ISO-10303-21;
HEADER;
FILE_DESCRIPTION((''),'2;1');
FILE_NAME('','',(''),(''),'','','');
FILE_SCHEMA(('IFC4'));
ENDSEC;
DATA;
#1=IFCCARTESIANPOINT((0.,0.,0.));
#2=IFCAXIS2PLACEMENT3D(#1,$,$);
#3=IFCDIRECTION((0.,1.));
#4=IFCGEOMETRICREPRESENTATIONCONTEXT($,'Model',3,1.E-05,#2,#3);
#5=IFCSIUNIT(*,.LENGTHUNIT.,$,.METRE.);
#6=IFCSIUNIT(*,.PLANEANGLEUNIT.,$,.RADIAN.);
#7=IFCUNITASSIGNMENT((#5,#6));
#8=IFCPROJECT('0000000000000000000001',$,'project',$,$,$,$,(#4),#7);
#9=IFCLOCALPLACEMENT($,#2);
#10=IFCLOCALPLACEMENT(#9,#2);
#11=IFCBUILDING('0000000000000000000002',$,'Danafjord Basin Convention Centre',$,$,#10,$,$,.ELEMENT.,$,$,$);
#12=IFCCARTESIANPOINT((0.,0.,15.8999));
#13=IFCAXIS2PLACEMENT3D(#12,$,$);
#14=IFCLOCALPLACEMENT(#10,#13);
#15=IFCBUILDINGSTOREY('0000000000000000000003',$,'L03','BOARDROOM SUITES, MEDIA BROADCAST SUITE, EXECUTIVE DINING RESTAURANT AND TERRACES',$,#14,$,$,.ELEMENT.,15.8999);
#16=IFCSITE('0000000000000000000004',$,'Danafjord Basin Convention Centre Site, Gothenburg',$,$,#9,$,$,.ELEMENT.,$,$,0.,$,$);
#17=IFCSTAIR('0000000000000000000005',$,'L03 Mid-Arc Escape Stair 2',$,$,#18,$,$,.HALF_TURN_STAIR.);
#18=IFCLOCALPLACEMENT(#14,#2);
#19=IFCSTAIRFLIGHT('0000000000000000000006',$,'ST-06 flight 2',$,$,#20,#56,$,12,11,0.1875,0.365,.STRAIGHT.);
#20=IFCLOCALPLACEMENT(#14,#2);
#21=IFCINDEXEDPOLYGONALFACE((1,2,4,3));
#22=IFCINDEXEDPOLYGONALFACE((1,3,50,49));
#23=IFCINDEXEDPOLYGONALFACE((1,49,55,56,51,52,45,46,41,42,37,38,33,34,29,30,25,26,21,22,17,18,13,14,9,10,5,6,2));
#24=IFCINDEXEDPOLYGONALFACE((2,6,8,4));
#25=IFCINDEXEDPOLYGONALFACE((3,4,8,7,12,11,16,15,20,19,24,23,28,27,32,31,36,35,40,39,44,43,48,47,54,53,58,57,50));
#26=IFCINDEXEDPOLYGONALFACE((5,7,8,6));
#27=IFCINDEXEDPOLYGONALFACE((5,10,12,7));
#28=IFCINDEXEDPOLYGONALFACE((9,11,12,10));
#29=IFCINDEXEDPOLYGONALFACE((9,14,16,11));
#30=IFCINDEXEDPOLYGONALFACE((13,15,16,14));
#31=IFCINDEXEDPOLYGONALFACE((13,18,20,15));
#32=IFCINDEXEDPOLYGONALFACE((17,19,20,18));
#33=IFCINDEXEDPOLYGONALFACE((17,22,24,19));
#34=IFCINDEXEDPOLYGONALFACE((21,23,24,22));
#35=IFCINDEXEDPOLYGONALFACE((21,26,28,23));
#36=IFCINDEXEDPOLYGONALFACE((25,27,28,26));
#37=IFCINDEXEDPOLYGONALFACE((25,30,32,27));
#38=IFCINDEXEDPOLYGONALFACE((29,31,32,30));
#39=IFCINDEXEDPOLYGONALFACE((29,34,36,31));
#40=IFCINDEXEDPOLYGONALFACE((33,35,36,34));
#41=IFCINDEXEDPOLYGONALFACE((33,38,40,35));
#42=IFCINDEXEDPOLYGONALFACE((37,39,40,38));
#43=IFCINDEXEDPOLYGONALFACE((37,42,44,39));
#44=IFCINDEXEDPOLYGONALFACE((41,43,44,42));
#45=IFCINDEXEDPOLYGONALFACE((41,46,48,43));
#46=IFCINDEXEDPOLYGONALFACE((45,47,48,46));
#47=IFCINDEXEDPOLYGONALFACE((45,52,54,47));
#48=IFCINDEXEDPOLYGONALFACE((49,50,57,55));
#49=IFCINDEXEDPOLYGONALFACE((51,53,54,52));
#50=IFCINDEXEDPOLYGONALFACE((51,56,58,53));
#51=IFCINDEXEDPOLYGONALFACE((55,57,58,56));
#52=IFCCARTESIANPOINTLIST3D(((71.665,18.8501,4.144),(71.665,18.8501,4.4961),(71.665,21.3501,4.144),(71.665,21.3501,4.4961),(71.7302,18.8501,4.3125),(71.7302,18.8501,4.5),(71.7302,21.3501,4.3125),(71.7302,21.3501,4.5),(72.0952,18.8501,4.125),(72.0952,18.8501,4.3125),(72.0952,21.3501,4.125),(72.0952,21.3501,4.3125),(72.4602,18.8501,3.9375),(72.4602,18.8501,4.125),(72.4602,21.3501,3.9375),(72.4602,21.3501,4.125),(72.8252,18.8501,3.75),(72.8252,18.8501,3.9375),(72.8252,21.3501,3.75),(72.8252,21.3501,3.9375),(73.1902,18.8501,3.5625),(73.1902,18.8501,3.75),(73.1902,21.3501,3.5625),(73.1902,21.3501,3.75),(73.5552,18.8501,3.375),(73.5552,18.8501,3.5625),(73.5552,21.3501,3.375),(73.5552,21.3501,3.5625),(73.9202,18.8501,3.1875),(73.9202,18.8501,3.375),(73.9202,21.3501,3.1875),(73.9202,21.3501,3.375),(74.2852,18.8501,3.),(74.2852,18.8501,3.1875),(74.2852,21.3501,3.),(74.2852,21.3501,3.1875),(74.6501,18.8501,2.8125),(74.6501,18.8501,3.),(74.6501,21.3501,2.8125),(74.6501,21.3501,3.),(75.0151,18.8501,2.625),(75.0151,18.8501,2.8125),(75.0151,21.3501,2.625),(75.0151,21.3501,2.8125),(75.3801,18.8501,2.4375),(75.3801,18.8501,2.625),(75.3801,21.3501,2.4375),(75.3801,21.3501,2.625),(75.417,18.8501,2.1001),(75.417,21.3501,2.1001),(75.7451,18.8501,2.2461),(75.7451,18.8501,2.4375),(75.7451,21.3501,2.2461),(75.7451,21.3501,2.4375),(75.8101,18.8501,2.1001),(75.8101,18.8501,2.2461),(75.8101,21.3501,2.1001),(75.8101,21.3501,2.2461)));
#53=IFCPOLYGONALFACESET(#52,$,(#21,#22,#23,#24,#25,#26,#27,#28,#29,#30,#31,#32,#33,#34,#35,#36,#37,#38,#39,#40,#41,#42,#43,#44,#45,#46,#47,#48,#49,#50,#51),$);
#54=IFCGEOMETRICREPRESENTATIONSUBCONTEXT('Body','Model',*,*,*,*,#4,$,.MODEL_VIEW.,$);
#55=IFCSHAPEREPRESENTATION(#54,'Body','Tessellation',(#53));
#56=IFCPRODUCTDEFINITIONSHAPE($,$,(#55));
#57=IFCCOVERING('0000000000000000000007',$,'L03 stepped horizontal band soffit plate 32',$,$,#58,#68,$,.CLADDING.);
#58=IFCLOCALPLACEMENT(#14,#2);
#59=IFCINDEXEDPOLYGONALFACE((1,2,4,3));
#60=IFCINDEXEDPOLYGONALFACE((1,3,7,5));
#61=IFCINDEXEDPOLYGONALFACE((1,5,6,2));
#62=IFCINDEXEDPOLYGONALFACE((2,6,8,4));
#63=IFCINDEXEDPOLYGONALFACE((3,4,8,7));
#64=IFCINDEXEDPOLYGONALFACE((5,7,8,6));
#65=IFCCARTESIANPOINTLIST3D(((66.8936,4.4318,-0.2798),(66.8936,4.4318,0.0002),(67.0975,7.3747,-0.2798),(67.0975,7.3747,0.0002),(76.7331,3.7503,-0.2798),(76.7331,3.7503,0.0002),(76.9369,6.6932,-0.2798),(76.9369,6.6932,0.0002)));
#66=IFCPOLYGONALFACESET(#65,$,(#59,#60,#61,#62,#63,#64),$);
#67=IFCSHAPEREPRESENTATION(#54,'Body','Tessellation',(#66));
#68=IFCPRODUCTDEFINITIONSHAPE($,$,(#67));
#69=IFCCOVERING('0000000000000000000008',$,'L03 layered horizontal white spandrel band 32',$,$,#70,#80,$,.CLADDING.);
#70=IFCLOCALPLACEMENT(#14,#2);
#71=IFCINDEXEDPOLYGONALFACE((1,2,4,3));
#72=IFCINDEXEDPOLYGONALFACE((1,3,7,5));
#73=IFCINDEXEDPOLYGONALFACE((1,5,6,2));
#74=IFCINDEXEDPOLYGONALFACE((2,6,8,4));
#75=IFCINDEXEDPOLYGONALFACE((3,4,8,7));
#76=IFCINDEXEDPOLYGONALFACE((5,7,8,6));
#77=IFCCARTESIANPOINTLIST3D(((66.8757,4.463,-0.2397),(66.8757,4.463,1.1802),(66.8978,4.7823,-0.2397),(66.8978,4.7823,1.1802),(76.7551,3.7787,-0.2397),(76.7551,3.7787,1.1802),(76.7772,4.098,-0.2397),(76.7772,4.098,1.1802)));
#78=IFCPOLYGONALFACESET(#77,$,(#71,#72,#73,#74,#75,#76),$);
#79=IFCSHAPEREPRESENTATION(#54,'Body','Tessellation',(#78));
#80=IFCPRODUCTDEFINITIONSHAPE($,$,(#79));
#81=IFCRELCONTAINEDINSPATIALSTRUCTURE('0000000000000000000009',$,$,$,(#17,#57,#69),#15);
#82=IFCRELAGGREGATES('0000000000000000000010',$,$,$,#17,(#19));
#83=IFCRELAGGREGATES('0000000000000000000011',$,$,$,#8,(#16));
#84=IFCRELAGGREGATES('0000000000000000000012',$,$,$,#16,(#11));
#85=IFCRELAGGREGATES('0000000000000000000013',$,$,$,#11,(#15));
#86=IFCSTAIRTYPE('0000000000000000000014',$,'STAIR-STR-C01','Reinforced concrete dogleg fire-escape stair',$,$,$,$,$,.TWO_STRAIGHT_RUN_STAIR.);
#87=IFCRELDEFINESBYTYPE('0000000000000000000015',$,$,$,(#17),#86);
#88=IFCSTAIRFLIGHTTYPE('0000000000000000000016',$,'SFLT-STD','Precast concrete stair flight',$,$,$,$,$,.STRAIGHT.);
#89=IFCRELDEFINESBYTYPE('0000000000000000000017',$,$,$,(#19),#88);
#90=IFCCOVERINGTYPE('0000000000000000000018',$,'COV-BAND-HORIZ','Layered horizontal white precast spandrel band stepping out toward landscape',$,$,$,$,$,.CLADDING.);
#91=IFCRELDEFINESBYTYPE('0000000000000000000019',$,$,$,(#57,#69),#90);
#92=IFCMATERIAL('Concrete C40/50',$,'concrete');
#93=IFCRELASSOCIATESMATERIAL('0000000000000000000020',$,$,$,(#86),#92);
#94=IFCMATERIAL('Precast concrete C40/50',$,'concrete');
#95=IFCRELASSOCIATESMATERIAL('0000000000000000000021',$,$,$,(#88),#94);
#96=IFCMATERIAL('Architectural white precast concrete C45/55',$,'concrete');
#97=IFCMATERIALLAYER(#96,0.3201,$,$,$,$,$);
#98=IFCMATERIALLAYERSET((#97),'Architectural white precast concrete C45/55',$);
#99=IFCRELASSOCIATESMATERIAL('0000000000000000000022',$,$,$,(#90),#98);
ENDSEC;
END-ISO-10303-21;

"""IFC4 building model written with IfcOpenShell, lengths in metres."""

from ifc_helpers import new_model, si_unit, direction, frame, origin, origin_2d, place, context, subcontext, project, spatial, polyline, rectangle, outline, extrude, material, layer, layer_set, type_object, element, aggregate, save


model = new_model("IFC4")

# Units and contexts
model_context = context("Model", 3, precision=1e-05, world=origin(), true_north=direction((0.0, 1.0)))
body_context = subcontext(model_context, "Body", "Model", "MODEL_VIEW")
ifc_project = project(units=[si_unit("LENGTHUNIT", "METRE"), si_unit("PLANEANGLEUNIT", "RADIAN")], contexts=[model_context])

# Site, building, storey
site_placement = place(None, origin())
site = spatial("IfcSite", under=ifc_project, at=site_placement, Name="Danafjord Basin Convention Centre Site, Gothenburg", CompositionType="ELEMENT", RefElevation=0.0)
building_placement = place(site_placement, origin())
building = spatial("IfcBuilding", under=site, at=building_placement, Name="Danafjord Basin Convention Centre", CompositionType="ELEMENT")
storey_placement = place(building_placement, frame((0.0, 0.0, 15.8999)))
storey = spatial("IfcBuildingStorey", under=building, at=storey_placement, Name="L03", Description="BOARDROOM SUITES, MEDIA BROADCAST SUITE, EXECUTIVE DINING RESTAURANT AND TERRACES", CompositionType="ELEMENT", Elevation=15.8999)

# Stair, stair flight
ifc_material_1 = material(Name="Concrete C40/50", Category="concrete")
stair_type = type_object("IfcStairType", Name="STAIR-STR-C01", Description="Reinforced concrete dogleg fire-escape stair", PredefinedType="TWO_STRAIGHT_RUN_STAIR", material=ifc_material_1)
stair_placement = place(storey_placement, origin())
stair = element("IfcStair", 1, at=stair_placement, inside=storey, type_object=stair_type, Name="L03 Mid-Arc Escape Stair 2", PredefinedType="HALF_TURN_STAIR")
ifc_material_2 = material(Name="Precast concrete C40/50", Category="concrete")
stair_flight_type = type_object("IfcStairFlightType", Name="SFLT-STD", Description="Precast concrete stair flight", PredefinedType="STRAIGHT", material=ifc_material_2)
stair_flight_1_placement = place(storey_placement, frame((75.7451, 20.1001, 2.25), z_axis=(0.0, 0.0, 1.0), x_axis=(-1.0, 0.0, 0.0)))
stair_flight_1 = element("IfcStairFlight", 2, at=stair_flight_1_placement, type_object=stair_flight_type, Name="ST-06 flight 2", NumberOfRisers=12, NumberOfTreads=11, PredefinedType="STRAIGHT", RiserHeight=0.1875, TreadLength=0.365, context=body_context, shape_type="SweptSolid", body=[
    extrude(outline(polyline([(-0.0649, -0.1499), (-0.0649, -0.0039), (0.0, -0.0039), (0.0, 0.1875), (0.365, 0.1875), (0.365, 0.375), (0.73, 0.375), (0.73, 0.5625), (1.095, 0.5625), (1.095, 0.75), (1.46, 0.75), (1.46, 0.9375), (1.825, 0.9375), (1.825, 1.125), (2.1899, 1.125), (2.1899, 1.3125), (2.5549, 1.3125), (2.5549, 1.5), (2.9199, 1.5), (2.9199, 1.6875), (3.2849, 1.6875), (3.2849, 1.875), (3.6499, 1.875), (3.6499, 2.0625), (4.0149, 2.0625), (4.0149, 2.25), (4.0801, 2.2461), (4.0801, 1.894), (0.3281, -0.1499), (-0.0649, -0.1499)])), frame((0.0, 1.25, 0.0), z_axis=(0.0, -1.0, 0.0), x_axis=(1.0, 0.0, 0.0)), (0.0, 0.0, 1.0), 2.5),
])
aggregate(stair, [stair_flight_1])

# Coverings
ifc_material_3 = material(Name="Architectural white precast concrete C45/55", Category="concrete")
ifc_layer_1 = layer(ifc_material_3, 0.3201)
ifc_layer_set_1 = layer_set([ifc_layer_1], Name="Architectural white precast concrete C45/55")
covering_type = type_object("IfcCoveringType", Name="COV-BAND-HORIZ", Description="Layered horizontal white precast spandrel band stepping out toward landscape", PredefinedType="CLADDING", material=ifc_layer_set_1)
covering_1_placement = place(storey_placement, frame((71.9153, 5.5625, -0.2798), z_axis=(0.0, 0.0, 1.0), x_axis=(0.997609, -0.069105, 0.0)))
element("IfcCovering", 3, at=covering_1_placement, inside=storey, type_object=covering_type, Name="L03 stepped horizontal band soffit plate 32", PredefinedType="CLADDING", context=body_context, shape_type="SweptSolid", body=[
    extrude(rectangle(XDim=9.863, YDim=2.95, at=origin_2d()), origin(), (0.0, 0.0, 1.0), 0.28),
])
covering_2_placement = place(storey_placement, frame((71.8264, 4.2805, -0.2397), z_axis=(0.0, 0.0, 1.0), x_axis=(0.997609, -0.069105, 0.0)))
element("IfcCovering", 4, at=covering_2_placement, inside=storey, type_object=covering_type, Name="L03 layered horizontal white spandrel band 32", PredefinedType="CLADDING", context=body_context, shape_type="SweptSolid", body=[
    extrude(rectangle(XDim=9.9031, YDim=0.3201, at=origin_2d()), origin(), (0.0, 0.0, 1.0), 1.4199),
])

save(model, "model.ifc")
